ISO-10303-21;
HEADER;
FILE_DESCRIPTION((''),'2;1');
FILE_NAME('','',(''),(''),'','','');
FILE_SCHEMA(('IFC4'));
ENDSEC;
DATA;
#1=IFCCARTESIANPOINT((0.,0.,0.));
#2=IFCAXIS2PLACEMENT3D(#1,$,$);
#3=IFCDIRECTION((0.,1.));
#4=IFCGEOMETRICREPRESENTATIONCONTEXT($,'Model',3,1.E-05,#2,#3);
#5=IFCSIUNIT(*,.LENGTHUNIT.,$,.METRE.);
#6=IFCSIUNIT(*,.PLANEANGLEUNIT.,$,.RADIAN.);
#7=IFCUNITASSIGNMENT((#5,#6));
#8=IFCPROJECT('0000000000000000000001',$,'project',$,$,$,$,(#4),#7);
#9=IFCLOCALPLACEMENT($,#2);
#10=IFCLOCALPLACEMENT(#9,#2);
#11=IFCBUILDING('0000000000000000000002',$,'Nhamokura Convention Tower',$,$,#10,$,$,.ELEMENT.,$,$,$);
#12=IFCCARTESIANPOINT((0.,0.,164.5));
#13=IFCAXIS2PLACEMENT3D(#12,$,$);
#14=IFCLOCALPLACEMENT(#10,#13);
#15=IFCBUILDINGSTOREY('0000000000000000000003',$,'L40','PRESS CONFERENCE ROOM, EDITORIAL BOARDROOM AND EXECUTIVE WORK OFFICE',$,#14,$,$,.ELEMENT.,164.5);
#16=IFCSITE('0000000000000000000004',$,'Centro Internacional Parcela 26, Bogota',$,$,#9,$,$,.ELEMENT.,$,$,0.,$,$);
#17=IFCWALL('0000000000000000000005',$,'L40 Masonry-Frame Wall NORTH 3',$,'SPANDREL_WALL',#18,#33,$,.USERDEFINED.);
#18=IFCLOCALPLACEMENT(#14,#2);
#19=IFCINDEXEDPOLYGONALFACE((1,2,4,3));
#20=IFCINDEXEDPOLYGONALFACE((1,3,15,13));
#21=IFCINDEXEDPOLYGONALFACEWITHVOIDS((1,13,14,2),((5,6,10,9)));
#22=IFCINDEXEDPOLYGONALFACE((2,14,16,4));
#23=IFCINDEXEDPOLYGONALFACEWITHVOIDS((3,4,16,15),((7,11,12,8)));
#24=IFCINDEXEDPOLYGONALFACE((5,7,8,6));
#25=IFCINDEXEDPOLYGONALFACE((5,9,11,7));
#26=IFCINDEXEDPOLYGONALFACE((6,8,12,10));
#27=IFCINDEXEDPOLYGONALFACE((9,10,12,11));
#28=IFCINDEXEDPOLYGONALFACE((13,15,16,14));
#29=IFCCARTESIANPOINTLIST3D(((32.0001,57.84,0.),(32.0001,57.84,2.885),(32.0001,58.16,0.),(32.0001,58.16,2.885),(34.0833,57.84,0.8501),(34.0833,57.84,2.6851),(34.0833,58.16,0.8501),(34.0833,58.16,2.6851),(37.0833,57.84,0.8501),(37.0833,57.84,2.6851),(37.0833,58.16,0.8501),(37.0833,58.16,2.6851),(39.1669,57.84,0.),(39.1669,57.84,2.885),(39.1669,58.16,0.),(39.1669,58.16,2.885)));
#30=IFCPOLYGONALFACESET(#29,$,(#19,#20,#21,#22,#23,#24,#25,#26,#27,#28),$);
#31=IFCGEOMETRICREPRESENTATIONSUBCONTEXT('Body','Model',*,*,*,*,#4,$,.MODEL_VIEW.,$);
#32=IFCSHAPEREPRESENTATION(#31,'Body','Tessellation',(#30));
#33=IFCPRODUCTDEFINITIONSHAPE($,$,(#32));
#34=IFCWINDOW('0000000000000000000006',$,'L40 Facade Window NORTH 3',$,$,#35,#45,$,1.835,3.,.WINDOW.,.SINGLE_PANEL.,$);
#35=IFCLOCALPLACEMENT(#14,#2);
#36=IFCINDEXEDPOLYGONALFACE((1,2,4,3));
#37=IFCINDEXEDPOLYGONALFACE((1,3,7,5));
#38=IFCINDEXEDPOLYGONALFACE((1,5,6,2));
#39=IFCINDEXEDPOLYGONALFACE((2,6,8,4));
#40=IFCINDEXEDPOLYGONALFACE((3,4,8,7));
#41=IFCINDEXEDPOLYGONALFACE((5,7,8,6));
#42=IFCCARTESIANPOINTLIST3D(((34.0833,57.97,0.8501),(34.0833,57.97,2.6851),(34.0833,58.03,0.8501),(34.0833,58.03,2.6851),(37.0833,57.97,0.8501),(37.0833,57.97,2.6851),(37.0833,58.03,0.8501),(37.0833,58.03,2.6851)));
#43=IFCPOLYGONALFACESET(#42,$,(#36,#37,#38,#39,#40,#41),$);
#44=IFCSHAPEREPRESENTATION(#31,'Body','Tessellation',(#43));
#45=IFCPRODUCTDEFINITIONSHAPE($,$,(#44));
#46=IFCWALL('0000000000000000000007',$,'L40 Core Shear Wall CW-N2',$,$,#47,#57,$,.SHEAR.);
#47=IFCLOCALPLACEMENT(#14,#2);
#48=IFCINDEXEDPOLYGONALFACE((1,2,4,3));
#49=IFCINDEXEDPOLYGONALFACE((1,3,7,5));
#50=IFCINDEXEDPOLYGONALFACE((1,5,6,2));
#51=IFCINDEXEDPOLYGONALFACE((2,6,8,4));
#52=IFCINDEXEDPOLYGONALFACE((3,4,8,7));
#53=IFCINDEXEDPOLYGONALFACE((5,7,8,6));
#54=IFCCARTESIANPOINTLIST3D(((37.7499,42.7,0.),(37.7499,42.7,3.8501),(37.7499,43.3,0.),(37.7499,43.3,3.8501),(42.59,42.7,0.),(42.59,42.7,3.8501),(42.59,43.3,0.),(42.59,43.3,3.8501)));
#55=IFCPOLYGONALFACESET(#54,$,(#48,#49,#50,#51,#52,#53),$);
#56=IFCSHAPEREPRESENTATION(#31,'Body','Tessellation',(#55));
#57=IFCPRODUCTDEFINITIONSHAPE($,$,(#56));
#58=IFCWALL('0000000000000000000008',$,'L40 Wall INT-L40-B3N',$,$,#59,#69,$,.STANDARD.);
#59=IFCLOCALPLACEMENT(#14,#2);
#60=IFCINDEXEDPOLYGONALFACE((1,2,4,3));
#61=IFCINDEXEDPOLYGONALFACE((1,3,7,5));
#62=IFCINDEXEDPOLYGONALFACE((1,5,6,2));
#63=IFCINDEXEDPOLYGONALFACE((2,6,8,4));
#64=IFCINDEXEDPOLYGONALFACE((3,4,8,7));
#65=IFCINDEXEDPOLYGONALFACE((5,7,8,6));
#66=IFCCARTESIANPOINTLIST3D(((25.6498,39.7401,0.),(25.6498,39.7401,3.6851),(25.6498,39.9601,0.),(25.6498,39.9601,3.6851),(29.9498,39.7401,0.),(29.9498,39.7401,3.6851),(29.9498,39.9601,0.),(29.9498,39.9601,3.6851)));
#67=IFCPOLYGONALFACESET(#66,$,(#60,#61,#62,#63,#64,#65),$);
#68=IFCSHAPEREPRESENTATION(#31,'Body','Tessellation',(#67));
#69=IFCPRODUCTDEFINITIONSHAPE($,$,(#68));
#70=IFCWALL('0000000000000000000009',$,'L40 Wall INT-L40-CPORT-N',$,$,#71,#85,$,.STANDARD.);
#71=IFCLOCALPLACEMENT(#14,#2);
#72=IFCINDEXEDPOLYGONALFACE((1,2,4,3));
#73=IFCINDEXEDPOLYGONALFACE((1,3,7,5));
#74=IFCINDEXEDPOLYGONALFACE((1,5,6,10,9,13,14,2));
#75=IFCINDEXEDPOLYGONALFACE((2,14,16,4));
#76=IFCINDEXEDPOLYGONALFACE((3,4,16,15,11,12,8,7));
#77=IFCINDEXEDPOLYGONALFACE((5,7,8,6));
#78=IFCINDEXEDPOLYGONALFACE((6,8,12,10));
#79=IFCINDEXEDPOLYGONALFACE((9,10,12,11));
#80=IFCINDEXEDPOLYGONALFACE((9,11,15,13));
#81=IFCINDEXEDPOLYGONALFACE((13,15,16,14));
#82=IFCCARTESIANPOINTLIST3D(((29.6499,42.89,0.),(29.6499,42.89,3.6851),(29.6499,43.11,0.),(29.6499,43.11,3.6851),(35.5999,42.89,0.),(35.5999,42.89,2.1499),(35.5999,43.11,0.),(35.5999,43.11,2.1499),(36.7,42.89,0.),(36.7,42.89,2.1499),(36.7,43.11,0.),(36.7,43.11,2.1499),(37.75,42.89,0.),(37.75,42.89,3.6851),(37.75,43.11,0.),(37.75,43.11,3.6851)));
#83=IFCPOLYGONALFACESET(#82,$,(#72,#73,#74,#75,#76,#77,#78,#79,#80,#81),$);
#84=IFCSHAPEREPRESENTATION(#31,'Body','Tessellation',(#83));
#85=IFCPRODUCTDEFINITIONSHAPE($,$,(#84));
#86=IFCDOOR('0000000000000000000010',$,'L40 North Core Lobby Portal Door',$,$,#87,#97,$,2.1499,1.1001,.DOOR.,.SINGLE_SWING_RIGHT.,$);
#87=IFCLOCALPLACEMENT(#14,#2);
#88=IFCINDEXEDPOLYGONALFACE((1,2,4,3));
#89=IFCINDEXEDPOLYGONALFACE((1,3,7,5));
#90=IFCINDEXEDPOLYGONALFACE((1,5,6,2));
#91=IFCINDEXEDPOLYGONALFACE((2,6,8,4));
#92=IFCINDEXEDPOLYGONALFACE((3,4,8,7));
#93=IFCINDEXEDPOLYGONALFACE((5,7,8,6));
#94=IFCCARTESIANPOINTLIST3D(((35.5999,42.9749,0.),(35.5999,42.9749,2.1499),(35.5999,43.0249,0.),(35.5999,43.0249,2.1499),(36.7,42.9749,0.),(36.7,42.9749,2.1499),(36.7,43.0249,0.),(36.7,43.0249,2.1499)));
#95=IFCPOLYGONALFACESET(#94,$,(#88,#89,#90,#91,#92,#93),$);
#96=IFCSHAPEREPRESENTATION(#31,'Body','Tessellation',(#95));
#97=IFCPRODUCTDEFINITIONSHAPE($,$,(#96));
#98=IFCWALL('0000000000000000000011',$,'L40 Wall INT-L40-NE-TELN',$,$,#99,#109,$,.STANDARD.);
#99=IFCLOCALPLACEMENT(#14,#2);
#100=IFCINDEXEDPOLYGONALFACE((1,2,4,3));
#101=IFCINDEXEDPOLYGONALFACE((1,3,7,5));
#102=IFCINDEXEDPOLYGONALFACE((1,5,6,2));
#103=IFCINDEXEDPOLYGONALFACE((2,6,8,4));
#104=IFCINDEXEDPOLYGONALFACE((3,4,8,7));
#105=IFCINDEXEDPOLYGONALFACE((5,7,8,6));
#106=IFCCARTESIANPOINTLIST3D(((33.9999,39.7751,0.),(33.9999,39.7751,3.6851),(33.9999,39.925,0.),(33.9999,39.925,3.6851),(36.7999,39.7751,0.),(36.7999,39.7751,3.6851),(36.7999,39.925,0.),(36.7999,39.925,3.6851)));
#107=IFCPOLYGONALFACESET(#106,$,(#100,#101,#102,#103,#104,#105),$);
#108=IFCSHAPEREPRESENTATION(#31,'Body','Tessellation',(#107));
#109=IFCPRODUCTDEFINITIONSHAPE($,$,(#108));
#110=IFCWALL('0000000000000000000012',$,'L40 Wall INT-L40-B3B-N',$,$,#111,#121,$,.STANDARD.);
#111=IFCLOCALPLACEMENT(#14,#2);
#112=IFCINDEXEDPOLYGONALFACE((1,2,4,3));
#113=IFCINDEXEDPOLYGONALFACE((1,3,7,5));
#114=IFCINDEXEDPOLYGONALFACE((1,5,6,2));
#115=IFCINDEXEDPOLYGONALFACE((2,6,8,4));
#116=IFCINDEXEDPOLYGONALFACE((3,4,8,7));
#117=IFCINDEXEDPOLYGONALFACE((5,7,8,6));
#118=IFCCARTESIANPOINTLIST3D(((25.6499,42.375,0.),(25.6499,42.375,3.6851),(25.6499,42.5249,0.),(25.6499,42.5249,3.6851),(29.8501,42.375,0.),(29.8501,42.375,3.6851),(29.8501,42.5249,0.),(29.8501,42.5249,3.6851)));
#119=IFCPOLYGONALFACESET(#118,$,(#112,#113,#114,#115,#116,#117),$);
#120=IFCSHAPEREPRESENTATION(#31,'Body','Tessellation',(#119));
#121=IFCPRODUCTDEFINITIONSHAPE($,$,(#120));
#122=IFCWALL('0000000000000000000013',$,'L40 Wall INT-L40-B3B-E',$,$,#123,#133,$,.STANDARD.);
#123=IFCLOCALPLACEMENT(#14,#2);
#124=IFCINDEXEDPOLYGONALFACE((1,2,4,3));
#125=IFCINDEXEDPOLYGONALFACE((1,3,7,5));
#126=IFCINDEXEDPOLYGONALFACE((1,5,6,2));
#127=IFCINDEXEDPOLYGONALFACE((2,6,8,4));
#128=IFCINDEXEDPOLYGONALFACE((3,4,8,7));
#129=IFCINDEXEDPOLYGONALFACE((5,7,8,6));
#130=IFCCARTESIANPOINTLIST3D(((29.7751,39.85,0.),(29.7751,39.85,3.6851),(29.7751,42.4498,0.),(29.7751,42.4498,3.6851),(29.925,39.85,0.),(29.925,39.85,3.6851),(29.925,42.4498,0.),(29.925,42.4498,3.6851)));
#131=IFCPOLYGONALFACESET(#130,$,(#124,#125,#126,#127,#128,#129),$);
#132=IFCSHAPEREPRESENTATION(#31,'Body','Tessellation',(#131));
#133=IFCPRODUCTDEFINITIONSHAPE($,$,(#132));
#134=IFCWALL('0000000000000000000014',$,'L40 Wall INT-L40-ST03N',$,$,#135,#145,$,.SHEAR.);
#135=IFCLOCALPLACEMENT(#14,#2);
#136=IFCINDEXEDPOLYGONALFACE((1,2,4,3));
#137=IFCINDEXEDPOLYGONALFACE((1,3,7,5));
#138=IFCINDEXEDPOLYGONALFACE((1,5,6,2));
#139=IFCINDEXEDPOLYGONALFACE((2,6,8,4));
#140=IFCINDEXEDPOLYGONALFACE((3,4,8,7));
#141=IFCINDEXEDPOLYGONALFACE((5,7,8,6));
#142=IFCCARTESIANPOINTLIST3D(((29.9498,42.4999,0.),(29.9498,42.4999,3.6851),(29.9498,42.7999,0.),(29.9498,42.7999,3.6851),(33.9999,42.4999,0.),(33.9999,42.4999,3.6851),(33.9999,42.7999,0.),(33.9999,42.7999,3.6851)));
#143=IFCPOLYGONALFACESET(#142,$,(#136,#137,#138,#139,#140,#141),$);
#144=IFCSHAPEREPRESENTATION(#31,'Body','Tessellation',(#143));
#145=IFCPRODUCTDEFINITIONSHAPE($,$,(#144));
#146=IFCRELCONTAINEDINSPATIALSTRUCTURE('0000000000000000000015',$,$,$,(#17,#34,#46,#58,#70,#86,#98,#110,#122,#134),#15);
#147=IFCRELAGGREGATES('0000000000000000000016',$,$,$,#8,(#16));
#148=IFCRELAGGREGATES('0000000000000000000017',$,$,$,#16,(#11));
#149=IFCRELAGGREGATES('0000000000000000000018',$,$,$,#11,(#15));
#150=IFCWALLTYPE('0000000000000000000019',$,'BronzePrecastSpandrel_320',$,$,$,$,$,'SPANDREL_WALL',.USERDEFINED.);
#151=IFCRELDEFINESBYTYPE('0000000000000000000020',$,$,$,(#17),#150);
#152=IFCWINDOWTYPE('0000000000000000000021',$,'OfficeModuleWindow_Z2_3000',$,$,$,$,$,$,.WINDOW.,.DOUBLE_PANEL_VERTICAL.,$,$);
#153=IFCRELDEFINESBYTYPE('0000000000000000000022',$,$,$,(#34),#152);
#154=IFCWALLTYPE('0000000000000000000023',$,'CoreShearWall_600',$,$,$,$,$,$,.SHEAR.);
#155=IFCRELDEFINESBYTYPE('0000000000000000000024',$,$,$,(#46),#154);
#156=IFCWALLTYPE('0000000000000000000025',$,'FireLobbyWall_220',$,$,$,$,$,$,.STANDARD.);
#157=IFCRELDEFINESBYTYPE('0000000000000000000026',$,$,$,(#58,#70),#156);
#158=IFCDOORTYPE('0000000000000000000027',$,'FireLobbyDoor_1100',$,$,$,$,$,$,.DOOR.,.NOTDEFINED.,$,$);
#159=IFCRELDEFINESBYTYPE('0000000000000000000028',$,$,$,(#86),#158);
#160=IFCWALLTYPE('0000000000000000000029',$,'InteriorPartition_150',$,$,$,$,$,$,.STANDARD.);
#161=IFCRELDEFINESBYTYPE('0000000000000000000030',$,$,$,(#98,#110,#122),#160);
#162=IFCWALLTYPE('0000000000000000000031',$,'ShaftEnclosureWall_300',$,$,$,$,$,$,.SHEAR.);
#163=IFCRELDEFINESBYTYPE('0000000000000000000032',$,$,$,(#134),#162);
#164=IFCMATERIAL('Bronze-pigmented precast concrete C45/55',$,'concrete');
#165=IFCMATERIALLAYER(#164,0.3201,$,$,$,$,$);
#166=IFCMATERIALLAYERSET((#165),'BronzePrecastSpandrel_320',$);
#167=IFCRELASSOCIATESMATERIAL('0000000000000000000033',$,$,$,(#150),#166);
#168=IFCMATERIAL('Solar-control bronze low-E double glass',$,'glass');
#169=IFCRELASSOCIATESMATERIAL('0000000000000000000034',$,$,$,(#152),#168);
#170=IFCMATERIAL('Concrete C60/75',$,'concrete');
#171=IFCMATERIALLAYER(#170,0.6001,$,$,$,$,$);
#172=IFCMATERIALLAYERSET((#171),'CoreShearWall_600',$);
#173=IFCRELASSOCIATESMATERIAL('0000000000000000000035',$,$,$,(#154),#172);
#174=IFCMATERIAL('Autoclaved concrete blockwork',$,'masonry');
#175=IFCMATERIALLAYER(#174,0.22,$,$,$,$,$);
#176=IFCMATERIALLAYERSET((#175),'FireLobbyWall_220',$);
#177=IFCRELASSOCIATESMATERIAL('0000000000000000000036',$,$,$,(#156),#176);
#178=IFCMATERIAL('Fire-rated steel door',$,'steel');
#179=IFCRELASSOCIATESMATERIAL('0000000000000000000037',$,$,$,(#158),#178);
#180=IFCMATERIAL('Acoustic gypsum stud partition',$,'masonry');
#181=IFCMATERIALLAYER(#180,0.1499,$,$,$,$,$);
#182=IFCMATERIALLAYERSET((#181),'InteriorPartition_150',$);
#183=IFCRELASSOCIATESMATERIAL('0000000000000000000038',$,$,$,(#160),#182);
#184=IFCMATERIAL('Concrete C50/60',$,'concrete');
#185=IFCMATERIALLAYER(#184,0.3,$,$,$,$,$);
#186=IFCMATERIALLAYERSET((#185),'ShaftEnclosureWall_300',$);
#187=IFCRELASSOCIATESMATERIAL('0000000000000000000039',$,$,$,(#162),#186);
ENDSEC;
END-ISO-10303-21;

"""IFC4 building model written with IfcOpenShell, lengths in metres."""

from ifc_helpers import new_model, si_unit, direction, frame, frame_2d, origin, place, context, subcontext, project, spatial, rectangle, extrude, material, layer, layer_set, type_object, element, fill, save


model = new_model("IFC4")

# Units and contexts
model_context = context("Model", 3, precision=1e-05, world=origin(), true_north=direction((0.0, 1.0)))
body_context = subcontext(model_context, "Body", "Model", "MODEL_VIEW")
ifc_project = project(units=[si_unit("LENGTHUNIT", "METRE"), si_unit("PLANEANGLEUNIT", "RADIAN")], contexts=[model_context])

# Site, building, storey
site_placement = place(None, origin())
site = spatial("IfcSite", under=ifc_project, at=site_placement, Name="Centro Internacional Parcela 26, Bogota", CompositionType="ELEMENT", RefElevation=0.0)
building_placement = place(site_placement, origin())
building = spatial("IfcBuilding", under=site, at=building_placement, Name="Nhamokura Convention Tower", CompositionType="ELEMENT")
storey_placement = place(building_placement, frame((0.0, 0.0, 164.5)))
storey = spatial("IfcBuildingStorey", under=building, at=storey_placement, Name="L40", Description="PRESS CONFERENCE ROOM, EDITORIAL BOARDROOM AND EXECUTIVE WORK OFFICE", CompositionType="ELEMENT", Elevation=164.5)

# Wall, opening, window
ifc_material_1 = material(Name="Bronze-pigmented precast concrete C45/55", Category="concrete")
ifc_layer_1 = layer(ifc_material_1, 0.3201)
ifc_layer_set_1 = layer_set([ifc_layer_1], Name="BronzePrecastSpandrel_320")
wall_type_1 = type_object("IfcWallType", Name="BronzePrecastSpandrel_320", ElementType="SPANDREL_WALL", PredefinedType="USERDEFINED", material=ifc_layer_set_1)
ifc_material_2 = material(Name="Solar-control bronze low-E double glass", Category="glass")
window_type = type_object("IfcWindowType", Name="OfficeModuleWindow_Z2_3000", PartitioningType="DOUBLE_PANEL_VERTICAL", PredefinedType="WINDOW", material=ifc_material_2)
wall_1_placement = place(storey_placement, frame((32.0, 58.0, 0.0), z_axis=(0.0, 0.0, 1.0), x_axis=(1.0, 0.0, 0.0)))
wall_1 = element("IfcWall", 1, at=wall_1_placement, inside=storey, type_object=wall_type_1, Name="L40 Masonry-Frame Wall NORTH 3", ObjectType="SPANDREL_WALL", PredefinedType="USERDEFINED", context=body_context, shape_type="SweptSolid", body=[
    extrude(rectangle(XDim=7.1667, YDim=0.3201, at=frame_2d((3.5835, 0.0))), origin(), (0.0, 0.0, 1.0), 2.885),
])
opening_1_placement = place(wall_1_placement, frame((2.0833, 0.0, 0.8501)))
opening_1 = element("IfcOpeningElement", 2, at=opening_1_placement, cuts=wall_1, PredefinedType="OPENING", context=body_context, shape_type="SweptSolid", body=[
    extrude(rectangle(XDim=3.0, YDim=1.835, at=frame_2d((1.5, 0.9175))), frame((0.0, 0.1699, 0.0), z_axis=(0.0, -1.0, 0.0), x_axis=(1.0, 0.0, 0.0)), (0.0, 0.0, 1.0), 0.3401),
])
window_1_placement = place(opening_1_placement, origin())
window_1 = element("IfcWindow", 3, at=window_1_placement, inside=storey, type_object=window_type, Name="L40 Facade Window NORTH 3", OverallHeight=1.835, OverallWidth=3.0, PartitioningType="SINGLE_PANEL", PredefinedType="WINDOW", context=body_context, shape_type="SweptSolid", body=[
    extrude(rectangle(XDim=3.0, YDim=1.835, at=frame_2d((1.5, 0.9175))), frame((0.0, 0.03, 0.0), z_axis=(0.0, -1.0, 0.0), x_axis=(1.0, 0.0, 0.0)), (0.0, 0.0, 1.0), 0.0601),
])
fill(opening_1, window_1)

# Walls
ifc_material_3 = material(Name="Concrete C60/75", Category="concrete")
ifc_layer_2 = layer(ifc_material_3, 0.6001)
ifc_layer_set_2 = layer_set([ifc_layer_2], Name="CoreShearWall_600")
wall_type_2 = type_object("IfcWallType", Name="CoreShearWall_600", PredefinedType="SHEAR", material=ifc_layer_set_2)
wall_2_placement = place(storey_placement, frame((37.75, 43.0, 0.0), z_axis=(0.0, 0.0, 1.0), x_axis=(1.0, 0.0, 0.0)))
element("IfcWall", 4, at=wall_2_placement, inside=storey, type_object=wall_type_2, Name="L40 Core Shear Wall CW-N2", PredefinedType="SHEAR", context=body_context, shape_type="SweptSolid", body=[
    extrude(rectangle(XDim=4.8401, YDim=0.6001, at=frame_2d((2.4199, 0.0))), origin(), (0.0, 0.0, 1.0), 3.8501),
])
ifc_material_4 = material(Name="Autoclaved concrete blockwork", Category="masonry")
ifc_layer_3 = layer(ifc_material_4, 0.22)
ifc_layer_set_3 = layer_set([ifc_layer_3], Name="FireLobbyWall_220")
wall_type_3 = type_object("IfcWallType", Name="FireLobbyWall_220", PredefinedType="STANDARD", material=ifc_layer_set_3)
wall_3_placement = place(storey_placement, frame((25.6499, 39.8501, 0.0), z_axis=(0.0, 0.0, 1.0), x_axis=(1.0, 0.0, 0.0)))
element("IfcWall", 5, at=wall_3_placement, inside=storey, type_object=wall_type_3, Name="L40 Wall INT-L40-B3N", PredefinedType="STANDARD", context=body_context, shape_type="SweptSolid", body=[
    extrude(rectangle(XDim=4.3, YDim=0.22, at=frame_2d((2.1499, 0.0))), origin(), (0.0, 0.0, 1.0), 3.6851),
])

# Wall, opening, door
wall_4_placement = place(storey_placement, frame((29.6499, 43.0, 0.0), z_axis=(0.0, 0.0, 1.0), x_axis=(1.0, 0.0, 0.0)))
wall_4 = element("IfcWall", 6, at=wall_4_placement, inside=storey, type_object=wall_type_3, Name="L40 Wall INT-L40-CPORT-N", PredefinedType="STANDARD", context=body_context, shape_type="SweptSolid", body=[
    extrude(rectangle(XDim=8.1001, YDim=0.22, at=frame_2d((4.05, 0.0))), origin(), (0.0, 0.0, 1.0), 3.6851),
])
opening_2_placement = place(wall_4_placement, frame((5.95, 0.0, 0.0)))
opening_2 = element("IfcOpeningElement", 7, at=opening_2_placement, cuts=wall_4, PredefinedType="OPENING", context=body_context, shape_type="SweptSolid", body=[
    extrude(rectangle(XDim=1.1001, YDim=2.1499, at=frame_2d((0.55, 1.075))), frame((0.0, 0.1199, 0.0), z_axis=(0.0, -1.0, 0.0), x_axis=(1.0, 0.0, 0.0)), (0.0, 0.0, 1.0), 0.24),
])
ifc_material_5 = material(Name="Fire-rated steel door", Category="steel")
door_type = type_object("IfcDoorType", Name="FireLobbyDoor_1100", OperationType="NOTDEFINED", PredefinedType="DOOR", material=ifc_material_5)
door_placement = place(opening_2_placement, origin())
door = element("IfcDoor", 8, at=door_placement, inside=storey, type_object=door_type, Name="L40 North Core Lobby Portal Door", OperationType="SINGLE_SWING_RIGHT", OverallHeight=2.1499, OverallWidth=1.1001, PredefinedType="DOOR", context=body_context, shape_type="SweptSolid", body=[
    extrude(rectangle(XDim=1.1001, YDim=2.1499, at=frame_2d((0.55, 1.075))), frame((0.0, 0.0249, 0.0), z_axis=(0.0, -1.0, 0.0), x_axis=(1.0, 0.0, 0.0)), (0.0, 0.0, 1.0), 0.05),
])
fill(opening_2, door)

# Walls
ifc_material_6 = material(Name="Acoustic gypsum stud partition", Category="masonry")
ifc_layer_4 = layer(ifc_material_6, 0.1499)
ifc_layer_set_4 = layer_set([ifc_layer_4], Name="InteriorPartition_150")
wall_type_4 = type_object("IfcWallType", Name="InteriorPartition_150", PredefinedType="STANDARD", material=ifc_layer_set_4)
wall_5_placement = place(storey_placement, frame((34.0, 39.8501, 0.0), z_axis=(0.0, 0.0, 1.0), x_axis=(1.0, 0.0, 0.0)))
element("IfcWall", 9, at=wall_5_placement, inside=storey, type_object=wall_type_4, Name="L40 Wall INT-L40-NE-TELN", PredefinedType="STANDARD", context=body_context, shape_type="SweptSolid", body=[
    extrude(rectangle(XDim=2.8, YDim=0.1499, at=frame_2d((1.3999, 0.0))), origin(), (0.0, 0.0, 1.0), 3.6851),
])
wall_6_placement = place(storey_placement, frame((25.6499, 42.45, 0.0), z_axis=(0.0, 0.0, 1.0), x_axis=(1.0, 0.0, 0.0)))
element("IfcWall", 10, at=wall_6_placement, inside=storey, type_object=wall_type_4, Name="L40 Wall INT-L40-B3B-N", PredefinedType="STANDARD", context=body_context, shape_type="SweptSolid", body=[
    extrude(rectangle(XDim=4.2002, YDim=0.1499, at=frame_2d((2.1001, 0.0))), origin(), (0.0, 0.0, 1.0), 3.6851),
])
wall_7_placement = place(storey_placement, frame((29.8501, 39.8501, 0.0), z_axis=(0.0, 0.0, 1.0), x_axis=(0.0, 1.0, 0.0)))
element("IfcWall", 11, at=wall_7_placement, inside=storey, type_object=wall_type_4, Name="L40 Wall INT-L40-B3B-E", PredefinedType="STANDARD", context=body_context, shape_type="SweptSolid", body=[
    extrude(rectangle(XDim=2.5999, YDim=0.1499, at=frame_2d((1.2998, 0.0))), origin(), (0.0, 0.0, 1.0), 3.6851),
])
ifc_material_7 = material(Name="Concrete C50/60", Category="concrete")
ifc_layer_5 = layer(ifc_material_7, 0.3)
ifc_layer_set_5 = layer_set([ifc_layer_5], Name="ShaftEnclosureWall_300")
wall_type_5 = type_object("IfcWallType", Name="ShaftEnclosureWall_300", PredefinedType="SHEAR", material=ifc_layer_set_5)
wall_8_placement = place(storey_placement, frame((29.95, 42.6499, 0.0), z_axis=(0.0, 0.0, 1.0), x_axis=(1.0, 0.0, 0.0)))
element("IfcWall", 12, at=wall_8_placement, inside=storey, type_object=wall_type_5, Name="L40 Wall INT-L40-ST03N", PredefinedType="SHEAR", context=body_context, shape_type="SweptSolid", body=[
    extrude(rectangle(XDim=4.05, YDim=0.3, at=frame_2d((2.0249, 0.0))), origin(), (0.0, 0.0, 1.0), 3.6851),
])

save(model, "model.ifc")
